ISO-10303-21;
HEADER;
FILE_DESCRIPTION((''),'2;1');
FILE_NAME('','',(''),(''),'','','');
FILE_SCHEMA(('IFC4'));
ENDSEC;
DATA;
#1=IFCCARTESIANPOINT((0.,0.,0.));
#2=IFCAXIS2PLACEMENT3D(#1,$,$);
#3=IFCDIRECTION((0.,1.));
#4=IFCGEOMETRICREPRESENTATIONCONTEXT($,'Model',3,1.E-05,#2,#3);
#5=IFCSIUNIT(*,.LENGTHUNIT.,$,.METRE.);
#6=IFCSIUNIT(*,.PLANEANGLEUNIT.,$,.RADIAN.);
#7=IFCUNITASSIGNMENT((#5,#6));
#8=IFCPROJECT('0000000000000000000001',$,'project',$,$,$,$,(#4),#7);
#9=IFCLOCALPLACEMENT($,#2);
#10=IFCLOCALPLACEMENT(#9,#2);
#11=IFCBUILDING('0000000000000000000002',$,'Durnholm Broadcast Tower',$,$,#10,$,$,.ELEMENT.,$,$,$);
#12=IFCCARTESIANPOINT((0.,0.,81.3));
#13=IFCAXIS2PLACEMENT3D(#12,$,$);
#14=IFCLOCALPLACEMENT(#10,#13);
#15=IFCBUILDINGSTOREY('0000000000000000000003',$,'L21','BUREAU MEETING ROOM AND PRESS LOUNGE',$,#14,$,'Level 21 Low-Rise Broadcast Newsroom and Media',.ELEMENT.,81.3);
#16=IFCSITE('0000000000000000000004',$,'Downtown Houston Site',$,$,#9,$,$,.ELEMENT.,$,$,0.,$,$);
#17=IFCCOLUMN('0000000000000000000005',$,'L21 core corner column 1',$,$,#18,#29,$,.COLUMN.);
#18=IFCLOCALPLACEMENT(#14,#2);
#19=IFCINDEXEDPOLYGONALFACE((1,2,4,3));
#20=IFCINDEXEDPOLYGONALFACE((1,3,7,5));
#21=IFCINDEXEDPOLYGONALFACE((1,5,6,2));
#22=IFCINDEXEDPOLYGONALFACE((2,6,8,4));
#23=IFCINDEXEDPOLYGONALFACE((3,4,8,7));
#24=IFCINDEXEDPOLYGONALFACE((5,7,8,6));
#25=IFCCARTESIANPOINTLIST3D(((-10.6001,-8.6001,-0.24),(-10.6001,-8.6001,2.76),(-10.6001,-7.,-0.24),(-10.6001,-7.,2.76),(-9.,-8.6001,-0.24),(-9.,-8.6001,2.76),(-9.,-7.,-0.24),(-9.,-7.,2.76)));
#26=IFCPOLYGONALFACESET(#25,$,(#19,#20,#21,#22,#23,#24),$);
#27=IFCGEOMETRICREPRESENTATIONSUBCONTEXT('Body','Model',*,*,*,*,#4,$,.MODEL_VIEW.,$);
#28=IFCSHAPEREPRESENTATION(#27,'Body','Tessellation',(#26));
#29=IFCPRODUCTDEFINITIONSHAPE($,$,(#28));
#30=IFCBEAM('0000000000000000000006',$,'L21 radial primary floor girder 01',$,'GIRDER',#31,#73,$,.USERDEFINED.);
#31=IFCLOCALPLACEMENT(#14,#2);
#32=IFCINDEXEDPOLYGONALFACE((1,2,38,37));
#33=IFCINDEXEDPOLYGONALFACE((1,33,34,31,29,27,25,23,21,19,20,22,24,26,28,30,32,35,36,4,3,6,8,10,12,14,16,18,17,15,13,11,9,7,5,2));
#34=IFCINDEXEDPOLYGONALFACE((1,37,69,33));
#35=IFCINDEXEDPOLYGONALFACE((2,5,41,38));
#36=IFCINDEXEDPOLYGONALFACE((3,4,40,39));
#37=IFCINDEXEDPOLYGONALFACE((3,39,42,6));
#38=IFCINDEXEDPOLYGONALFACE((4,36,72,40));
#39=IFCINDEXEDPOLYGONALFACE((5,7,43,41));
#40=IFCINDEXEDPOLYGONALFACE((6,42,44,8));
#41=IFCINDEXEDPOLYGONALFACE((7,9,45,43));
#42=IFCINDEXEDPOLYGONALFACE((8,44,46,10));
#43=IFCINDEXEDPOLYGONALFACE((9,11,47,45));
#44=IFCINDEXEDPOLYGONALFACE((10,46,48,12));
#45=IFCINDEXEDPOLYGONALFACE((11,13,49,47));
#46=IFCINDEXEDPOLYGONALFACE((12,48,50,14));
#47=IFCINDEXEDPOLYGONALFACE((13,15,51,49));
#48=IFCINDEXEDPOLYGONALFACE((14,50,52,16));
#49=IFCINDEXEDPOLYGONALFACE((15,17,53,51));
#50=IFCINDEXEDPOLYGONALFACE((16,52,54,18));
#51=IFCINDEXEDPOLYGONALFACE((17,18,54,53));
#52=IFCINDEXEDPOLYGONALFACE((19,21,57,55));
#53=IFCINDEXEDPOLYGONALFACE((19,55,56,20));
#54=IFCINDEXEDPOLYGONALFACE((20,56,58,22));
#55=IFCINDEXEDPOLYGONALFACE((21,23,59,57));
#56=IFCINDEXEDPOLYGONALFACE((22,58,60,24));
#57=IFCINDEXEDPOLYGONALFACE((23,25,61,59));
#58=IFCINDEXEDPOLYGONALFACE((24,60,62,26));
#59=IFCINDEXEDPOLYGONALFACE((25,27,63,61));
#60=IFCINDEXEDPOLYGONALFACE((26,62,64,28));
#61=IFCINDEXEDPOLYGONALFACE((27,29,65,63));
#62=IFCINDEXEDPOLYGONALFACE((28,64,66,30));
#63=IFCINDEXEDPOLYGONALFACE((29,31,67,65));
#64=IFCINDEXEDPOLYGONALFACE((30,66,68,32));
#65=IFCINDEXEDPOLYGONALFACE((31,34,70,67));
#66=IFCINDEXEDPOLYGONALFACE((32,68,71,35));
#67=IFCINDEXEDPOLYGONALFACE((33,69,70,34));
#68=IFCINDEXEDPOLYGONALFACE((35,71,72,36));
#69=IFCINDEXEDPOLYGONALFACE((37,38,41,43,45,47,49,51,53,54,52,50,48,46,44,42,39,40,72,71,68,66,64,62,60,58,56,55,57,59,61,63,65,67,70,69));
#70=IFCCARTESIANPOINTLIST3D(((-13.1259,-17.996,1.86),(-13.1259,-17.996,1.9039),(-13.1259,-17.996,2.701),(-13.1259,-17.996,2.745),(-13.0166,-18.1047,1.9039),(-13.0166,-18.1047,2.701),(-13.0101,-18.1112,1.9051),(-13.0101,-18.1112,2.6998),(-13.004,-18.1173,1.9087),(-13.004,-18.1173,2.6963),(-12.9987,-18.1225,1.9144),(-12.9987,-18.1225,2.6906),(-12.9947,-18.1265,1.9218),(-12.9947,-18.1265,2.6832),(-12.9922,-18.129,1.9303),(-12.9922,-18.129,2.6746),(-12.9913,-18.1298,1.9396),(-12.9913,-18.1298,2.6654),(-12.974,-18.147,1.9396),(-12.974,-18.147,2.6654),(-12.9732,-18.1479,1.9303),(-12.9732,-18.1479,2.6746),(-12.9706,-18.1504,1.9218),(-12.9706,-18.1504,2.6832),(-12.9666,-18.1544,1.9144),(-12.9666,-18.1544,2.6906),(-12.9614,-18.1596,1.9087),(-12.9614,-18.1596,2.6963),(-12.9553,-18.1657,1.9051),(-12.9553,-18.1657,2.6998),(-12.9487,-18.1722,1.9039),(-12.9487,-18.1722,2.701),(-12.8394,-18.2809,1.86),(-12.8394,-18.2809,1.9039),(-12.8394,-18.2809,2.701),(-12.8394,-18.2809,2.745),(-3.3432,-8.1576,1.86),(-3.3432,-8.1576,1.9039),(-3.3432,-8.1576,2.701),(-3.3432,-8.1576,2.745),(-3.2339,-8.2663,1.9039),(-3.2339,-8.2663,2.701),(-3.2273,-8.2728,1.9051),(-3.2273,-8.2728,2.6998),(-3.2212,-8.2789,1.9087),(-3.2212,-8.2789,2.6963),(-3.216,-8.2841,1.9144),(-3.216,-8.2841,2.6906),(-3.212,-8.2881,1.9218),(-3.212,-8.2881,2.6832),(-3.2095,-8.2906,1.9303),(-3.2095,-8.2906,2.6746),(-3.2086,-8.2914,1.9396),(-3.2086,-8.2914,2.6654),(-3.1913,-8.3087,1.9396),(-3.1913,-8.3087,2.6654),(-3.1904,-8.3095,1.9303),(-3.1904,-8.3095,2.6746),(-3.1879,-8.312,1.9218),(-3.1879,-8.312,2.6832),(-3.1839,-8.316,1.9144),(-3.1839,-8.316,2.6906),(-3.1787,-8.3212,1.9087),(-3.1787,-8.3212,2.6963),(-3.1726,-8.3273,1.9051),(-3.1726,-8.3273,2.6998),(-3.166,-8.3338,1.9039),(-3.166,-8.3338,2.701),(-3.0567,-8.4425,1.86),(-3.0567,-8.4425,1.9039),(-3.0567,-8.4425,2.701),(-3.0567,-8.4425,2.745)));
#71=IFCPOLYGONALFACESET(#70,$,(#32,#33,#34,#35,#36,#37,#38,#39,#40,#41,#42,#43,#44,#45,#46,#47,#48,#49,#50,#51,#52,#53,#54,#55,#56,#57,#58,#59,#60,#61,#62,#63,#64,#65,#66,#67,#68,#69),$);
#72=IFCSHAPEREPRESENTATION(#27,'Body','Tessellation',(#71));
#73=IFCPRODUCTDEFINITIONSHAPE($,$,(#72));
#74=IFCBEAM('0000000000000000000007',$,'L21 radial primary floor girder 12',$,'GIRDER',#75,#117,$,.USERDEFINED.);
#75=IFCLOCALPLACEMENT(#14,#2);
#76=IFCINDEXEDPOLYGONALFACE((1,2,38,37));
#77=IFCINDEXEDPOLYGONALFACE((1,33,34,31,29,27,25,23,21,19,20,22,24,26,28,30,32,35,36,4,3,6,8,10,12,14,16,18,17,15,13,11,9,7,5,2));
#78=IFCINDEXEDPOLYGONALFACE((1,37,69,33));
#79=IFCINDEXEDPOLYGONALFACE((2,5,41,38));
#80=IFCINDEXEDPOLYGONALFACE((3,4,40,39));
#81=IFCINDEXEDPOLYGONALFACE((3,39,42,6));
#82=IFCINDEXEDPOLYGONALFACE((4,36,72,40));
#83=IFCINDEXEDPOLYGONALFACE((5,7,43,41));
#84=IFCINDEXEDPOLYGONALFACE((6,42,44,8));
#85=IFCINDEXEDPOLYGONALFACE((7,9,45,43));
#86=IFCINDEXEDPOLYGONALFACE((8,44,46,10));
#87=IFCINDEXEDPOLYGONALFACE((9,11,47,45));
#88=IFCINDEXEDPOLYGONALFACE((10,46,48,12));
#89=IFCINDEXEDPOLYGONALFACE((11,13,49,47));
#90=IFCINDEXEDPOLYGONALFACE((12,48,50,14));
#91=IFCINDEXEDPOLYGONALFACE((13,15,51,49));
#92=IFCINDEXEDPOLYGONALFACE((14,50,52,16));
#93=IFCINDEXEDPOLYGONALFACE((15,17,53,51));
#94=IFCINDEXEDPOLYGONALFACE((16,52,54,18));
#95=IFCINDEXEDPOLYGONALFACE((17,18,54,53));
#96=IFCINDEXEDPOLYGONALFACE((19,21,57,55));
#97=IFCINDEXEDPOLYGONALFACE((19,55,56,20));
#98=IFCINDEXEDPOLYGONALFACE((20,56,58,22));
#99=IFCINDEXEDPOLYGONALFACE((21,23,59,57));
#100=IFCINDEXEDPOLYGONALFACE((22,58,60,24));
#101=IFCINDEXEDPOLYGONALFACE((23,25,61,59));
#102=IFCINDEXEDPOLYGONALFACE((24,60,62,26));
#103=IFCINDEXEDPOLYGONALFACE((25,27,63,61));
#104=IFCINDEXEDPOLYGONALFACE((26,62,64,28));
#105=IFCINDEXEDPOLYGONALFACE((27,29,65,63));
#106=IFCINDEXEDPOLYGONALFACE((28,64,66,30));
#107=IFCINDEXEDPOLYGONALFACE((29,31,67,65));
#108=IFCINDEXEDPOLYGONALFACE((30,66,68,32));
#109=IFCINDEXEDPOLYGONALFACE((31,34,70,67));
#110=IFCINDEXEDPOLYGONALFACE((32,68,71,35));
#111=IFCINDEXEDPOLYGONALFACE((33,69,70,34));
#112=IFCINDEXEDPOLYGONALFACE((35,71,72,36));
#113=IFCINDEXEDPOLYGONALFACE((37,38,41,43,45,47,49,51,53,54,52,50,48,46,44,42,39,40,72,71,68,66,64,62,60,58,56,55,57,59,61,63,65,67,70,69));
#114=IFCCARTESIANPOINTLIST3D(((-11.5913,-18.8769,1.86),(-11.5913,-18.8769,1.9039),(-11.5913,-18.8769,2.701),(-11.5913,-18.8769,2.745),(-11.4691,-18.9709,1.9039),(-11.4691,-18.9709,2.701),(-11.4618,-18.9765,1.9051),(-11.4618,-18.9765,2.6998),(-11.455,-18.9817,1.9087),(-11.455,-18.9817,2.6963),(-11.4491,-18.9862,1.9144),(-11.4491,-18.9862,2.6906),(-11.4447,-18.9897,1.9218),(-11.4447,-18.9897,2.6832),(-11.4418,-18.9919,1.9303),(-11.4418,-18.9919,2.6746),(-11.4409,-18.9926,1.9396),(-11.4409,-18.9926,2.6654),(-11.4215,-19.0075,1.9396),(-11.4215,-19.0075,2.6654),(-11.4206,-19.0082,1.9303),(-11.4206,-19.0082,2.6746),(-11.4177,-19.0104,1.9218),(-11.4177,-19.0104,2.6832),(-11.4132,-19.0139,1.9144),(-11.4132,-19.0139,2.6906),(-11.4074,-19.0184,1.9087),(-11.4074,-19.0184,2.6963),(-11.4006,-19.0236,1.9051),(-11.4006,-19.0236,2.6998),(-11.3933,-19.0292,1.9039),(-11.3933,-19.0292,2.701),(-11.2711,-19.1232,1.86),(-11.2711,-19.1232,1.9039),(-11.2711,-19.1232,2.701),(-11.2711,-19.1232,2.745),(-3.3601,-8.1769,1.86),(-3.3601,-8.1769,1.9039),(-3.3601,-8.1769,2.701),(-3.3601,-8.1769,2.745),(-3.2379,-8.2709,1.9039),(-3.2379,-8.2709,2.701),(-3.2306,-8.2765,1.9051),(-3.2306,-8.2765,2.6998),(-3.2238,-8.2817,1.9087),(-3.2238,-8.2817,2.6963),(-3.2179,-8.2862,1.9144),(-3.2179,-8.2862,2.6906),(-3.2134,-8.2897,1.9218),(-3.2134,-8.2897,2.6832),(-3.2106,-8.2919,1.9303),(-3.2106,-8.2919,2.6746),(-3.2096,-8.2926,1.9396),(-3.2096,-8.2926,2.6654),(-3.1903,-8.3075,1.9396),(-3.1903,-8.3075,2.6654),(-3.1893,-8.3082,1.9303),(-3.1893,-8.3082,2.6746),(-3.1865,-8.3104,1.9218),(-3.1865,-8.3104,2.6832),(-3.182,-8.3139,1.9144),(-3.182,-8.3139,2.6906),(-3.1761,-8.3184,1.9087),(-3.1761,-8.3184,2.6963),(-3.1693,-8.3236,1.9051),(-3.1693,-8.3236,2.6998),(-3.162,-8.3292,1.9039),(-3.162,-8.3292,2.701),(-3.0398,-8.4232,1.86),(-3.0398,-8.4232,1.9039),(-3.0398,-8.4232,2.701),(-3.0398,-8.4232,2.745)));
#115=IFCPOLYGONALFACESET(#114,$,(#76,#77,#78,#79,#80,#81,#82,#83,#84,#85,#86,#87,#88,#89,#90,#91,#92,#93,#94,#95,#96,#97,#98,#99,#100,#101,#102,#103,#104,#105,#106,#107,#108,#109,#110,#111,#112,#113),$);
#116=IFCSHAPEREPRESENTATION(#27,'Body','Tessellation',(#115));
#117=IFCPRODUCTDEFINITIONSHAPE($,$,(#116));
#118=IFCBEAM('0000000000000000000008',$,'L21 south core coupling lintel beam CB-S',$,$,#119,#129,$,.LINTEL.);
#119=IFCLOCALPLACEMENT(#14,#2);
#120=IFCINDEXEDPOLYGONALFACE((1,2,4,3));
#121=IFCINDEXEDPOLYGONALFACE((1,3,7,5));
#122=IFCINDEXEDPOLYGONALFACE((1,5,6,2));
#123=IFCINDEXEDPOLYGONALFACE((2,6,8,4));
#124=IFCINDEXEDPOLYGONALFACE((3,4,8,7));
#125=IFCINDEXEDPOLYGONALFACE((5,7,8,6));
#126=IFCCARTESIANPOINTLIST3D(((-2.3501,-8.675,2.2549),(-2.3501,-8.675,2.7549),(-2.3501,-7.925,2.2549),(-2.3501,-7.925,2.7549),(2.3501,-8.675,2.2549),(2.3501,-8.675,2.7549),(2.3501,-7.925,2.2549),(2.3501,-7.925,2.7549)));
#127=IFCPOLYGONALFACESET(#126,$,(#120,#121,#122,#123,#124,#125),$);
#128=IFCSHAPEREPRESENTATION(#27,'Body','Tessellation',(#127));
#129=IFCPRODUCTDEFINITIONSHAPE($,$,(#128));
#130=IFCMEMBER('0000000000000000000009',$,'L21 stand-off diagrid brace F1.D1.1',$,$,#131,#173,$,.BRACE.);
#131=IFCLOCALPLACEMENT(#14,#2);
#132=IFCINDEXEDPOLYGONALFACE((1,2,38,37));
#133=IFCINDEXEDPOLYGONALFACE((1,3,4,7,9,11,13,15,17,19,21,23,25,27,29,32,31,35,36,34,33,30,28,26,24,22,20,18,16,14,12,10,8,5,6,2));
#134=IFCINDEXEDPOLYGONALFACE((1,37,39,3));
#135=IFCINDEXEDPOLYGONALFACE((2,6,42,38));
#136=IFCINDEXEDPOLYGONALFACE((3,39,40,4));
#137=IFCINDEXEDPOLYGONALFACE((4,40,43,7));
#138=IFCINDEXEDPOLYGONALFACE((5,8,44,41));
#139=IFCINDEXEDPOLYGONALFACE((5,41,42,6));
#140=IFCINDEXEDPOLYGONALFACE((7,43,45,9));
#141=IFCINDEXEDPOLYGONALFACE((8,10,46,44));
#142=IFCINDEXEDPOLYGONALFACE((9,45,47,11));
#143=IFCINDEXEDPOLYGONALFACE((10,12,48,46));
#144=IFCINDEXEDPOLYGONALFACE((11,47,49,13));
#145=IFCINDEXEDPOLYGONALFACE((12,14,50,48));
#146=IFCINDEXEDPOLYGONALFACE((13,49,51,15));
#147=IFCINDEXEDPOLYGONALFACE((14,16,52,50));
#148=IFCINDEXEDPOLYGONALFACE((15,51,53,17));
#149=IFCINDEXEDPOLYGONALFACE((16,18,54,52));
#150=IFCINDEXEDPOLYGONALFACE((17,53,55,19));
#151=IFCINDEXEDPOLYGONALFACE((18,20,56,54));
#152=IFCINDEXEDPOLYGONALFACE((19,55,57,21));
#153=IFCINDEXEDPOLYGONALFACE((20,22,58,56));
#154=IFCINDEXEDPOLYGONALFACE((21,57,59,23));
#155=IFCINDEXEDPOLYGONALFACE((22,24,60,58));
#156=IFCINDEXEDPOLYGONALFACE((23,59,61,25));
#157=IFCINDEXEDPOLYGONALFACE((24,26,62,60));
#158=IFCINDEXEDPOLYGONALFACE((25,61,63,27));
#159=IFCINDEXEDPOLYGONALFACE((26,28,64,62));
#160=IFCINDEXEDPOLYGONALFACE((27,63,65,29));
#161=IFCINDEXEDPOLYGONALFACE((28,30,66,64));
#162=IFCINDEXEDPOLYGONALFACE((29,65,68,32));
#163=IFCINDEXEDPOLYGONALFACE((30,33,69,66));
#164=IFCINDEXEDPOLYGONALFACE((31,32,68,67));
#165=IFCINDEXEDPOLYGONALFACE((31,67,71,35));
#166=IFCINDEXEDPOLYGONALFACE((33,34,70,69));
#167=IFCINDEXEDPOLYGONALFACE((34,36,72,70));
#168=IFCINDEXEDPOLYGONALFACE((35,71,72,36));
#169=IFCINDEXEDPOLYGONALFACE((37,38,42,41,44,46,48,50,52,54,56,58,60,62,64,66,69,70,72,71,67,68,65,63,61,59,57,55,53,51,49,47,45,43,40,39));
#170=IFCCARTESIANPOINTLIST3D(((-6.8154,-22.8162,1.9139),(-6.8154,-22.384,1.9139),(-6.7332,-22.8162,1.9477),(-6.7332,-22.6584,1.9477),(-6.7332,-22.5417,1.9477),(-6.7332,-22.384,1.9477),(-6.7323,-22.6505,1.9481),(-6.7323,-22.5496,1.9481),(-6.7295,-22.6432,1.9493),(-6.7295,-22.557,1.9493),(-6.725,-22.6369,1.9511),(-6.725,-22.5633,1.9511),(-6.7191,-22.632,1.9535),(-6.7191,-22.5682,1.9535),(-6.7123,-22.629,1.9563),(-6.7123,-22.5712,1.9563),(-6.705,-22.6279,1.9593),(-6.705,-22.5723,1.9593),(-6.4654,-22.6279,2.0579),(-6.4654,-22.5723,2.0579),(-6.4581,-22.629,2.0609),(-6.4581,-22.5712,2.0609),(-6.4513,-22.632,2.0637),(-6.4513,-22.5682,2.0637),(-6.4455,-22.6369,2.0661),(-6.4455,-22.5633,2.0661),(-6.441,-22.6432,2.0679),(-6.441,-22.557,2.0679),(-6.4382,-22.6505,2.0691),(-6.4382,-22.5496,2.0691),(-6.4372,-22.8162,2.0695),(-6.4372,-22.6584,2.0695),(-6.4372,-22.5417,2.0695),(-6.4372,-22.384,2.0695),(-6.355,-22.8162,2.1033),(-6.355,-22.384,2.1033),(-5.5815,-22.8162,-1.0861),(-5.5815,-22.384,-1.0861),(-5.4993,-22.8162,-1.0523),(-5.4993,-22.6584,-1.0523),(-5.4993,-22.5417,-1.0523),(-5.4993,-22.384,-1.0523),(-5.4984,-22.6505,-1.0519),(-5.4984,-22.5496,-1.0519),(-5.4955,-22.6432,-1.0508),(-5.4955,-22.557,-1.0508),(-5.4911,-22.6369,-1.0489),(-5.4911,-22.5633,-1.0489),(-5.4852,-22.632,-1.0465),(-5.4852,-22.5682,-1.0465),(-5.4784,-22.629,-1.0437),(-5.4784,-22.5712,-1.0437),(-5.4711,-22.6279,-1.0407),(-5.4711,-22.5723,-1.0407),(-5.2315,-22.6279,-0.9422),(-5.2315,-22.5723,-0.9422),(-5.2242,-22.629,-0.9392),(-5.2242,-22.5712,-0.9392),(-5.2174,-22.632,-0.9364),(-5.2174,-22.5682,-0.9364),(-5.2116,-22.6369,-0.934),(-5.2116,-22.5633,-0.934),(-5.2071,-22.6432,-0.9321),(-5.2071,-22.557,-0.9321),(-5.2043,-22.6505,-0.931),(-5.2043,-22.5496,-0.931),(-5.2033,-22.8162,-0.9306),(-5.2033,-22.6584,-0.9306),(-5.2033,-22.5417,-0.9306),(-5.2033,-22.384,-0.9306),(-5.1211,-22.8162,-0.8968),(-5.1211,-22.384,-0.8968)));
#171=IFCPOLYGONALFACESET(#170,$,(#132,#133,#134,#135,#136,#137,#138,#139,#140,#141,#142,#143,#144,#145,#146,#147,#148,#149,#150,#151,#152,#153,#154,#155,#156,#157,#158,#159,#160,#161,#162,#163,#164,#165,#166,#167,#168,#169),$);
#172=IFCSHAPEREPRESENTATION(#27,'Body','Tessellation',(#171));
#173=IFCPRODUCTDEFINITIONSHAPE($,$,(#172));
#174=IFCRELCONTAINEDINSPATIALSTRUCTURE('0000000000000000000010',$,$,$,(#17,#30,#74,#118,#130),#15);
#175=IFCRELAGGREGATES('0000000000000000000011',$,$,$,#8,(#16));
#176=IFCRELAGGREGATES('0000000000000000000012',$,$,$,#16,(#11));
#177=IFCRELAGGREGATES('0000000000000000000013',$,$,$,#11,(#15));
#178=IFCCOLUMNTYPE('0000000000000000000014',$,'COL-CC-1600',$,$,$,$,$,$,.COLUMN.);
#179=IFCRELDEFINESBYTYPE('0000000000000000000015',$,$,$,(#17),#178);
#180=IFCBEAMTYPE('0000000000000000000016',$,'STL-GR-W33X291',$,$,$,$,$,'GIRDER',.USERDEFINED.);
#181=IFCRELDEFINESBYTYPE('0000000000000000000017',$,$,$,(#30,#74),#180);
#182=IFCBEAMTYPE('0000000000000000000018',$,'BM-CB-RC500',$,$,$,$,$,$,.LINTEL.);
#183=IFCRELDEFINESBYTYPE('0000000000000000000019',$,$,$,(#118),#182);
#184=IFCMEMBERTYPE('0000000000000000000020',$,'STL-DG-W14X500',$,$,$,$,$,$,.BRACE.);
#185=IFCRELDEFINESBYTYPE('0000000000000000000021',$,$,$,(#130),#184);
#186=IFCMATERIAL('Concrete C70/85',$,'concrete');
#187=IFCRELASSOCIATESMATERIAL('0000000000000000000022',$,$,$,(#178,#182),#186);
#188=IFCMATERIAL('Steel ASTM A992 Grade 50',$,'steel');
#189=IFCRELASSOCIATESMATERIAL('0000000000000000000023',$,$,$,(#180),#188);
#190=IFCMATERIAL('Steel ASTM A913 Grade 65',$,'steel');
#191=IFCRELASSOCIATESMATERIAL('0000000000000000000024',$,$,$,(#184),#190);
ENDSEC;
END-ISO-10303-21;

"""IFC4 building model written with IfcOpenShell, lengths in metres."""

from ifc_helpers import new_model, si_unit, direction, frame, origin, origin_2d, place, context, subcontext, project, spatial, rectangle, i_section, extrude, source, transform, mapped, material, material_profile, profile_set, type_object, type_shapes, element, save


model = new_model("IFC4")

# Units and contexts
model_context = context("Model", 3, precision=1e-05, world=origin(), true_north=direction((0.0, 1.0)))
body_context = subcontext(model_context, "Body", "Model", "MODEL_VIEW")
ifc_project = project(units=[si_unit("LENGTHUNIT", "METRE"), si_unit("PLANEANGLEUNIT", "RADIAN")], contexts=[model_context])

# Site, building, storey
site_placement = place(None, origin())
site = spatial("IfcSite", under=ifc_project, at=site_placement, Name="Downtown Houston Site", CompositionType="ELEMENT", RefElevation=0.0)
building_placement = place(site_placement, origin())
building = spatial("IfcBuilding", under=site, at=building_placement, Name="Durnholm Broadcast Tower", CompositionType="ELEMENT")
storey_placement = place(building_placement, frame((0.0, 0.0, 81.3)))
storey = spatial("IfcBuildingStorey", under=building, at=storey_placement, Name="L21", Description="BUREAU MEETING ROOM AND PRESS LOUNGE", LongName="Level 21 Low-Rise Broadcast Newsroom and Media", CompositionType="ELEMENT", Elevation=81.3)

# Column
ifc_material_1 = material(Name="Concrete C70/85", Category="concrete")
ifc_material_profile_1 = material_profile(ifc_material_1, rectangle(XDim=1.6001, YDim=1.6001, at=origin_2d()), Name="RC1600X1600")
ifc_profile_set_1 = profile_set([ifc_material_profile_1], Name="Concrete C70/85")
column_type = type_object("IfcColumnType", Name="COL-CC-1600", PredefinedType="COLUMN", material=ifc_profile_set_1)
shared_shape_1 = source(origin(), body_context, "Body", "SweptSolid", [
    extrude(rectangle(XDim=1.6001, YDim=1.6001, at=origin_2d()), origin(), (0.0, 0.0, 1.0), 3.0),
])
type_shapes(column_type, [shared_shape_1])
column_placement = place(storey_placement, frame((-9.8, -7.8, -0.24), z_axis=(0.0, 0.0, 1.0), x_axis=(1.0, 0.0, 0.0)))
element("IfcColumn", 1, at=column_placement, inside=storey, type_object=column_type, Name="L21 core corner column 1", PredefinedType="COLUMN", context=body_context, shape_type="MappedRepresentation", body=[
    mapped(shared_shape_1, transform((0.0, 0.0, 0.0), x_axis=(1.0, 0.0, 0.0), y_axis=(0.0, 1.0, 0.0), z_axis=(0.0, 0.0, 1.0), scale=1.0)),
])

# Beams
ifc_material_2 = material(Name="Steel ASTM A992 Grade 50", Category="steel")
ifc_material_profile_2 = material_profile(ifc_material_2, i_section(OverallWidth=0.4041, OverallDepth=0.885, WebThickness=0.0244, FlangeThickness=0.0439, FilletRadius=0.0356, at=origin_2d()), Name="W33X291")
ifc_profile_set_2 = profile_set([ifc_material_profile_2], Name="Steel ASTM A992 Grade 50")
beam_type_1 = type_object("IfcBeamType", Name="STL-GR-W33X291", ElementType="GIRDER", PredefinedType="USERDEFINED", material=ifc_profile_set_2)
shared_shape_2 = source(origin(), body_context, "Body", "SweptSolid", [
    extrude(i_section(OverallWidth=0.4041, OverallDepth=0.885, WebThickness=0.0244, FlangeThickness=0.0439, FilletRadius=0.0356, at=origin_2d()), origin(), (0.0, 0.0, 1.0), 13.8743),
])
beam_1_placement = place(storey_placement, frame((-3.2, -8.3, 2.3025), z_axis=(-0.705098, -0.70911, 0.0), x_axis=(0.70911, -0.705098, 0.0)))
element("IfcBeam", 2, at=beam_1_placement, inside=storey, type_object=beam_type_1, Name="L21 radial primary floor girder 01", ObjectType="GIRDER", PredefinedType="USERDEFINED", context=body_context, shape_type="MappedRepresentation", body=[
    mapped(shared_shape_2, transform((0.0, 0.0, 0.0), x_axis=(1.0, 0.0, 0.0), y_axis=(0.0, 1.0, 0.0), z_axis=(0.0, 0.0, 1.0), scale=1.0)),
])
shared_shape_3 = source(origin(), body_context, "Body", "SweptSolid", [
    extrude(i_section(OverallWidth=0.4041, OverallDepth=0.885, WebThickness=0.0244, FlangeThickness=0.0439, FilletRadius=0.0356, at=origin_2d()), origin(), (0.0, 0.0, 1.0), 13.4998),
])
type_shapes(beam_type_1, [shared_shape_2, shared_shape_3])
beam_2_placement = place(storey_placement, frame((-3.2, -8.3, 2.3025), z_axis=(-0.609733, -0.792607, 0.0), x_axis=(0.792607, -0.609733, 0.0)))
element("IfcBeam", 3, at=beam_2_placement, inside=storey, type_object=beam_type_1, Name="L21 radial primary floor girder 12", ObjectType="GIRDER", PredefinedType="USERDEFINED", context=body_context, shape_type="MappedRepresentation", body=[
    mapped(shared_shape_3, transform((0.0, 0.0, 0.0), x_axis=(1.0, 0.0, 0.0), y_axis=(0.0, 1.0, 0.0), z_axis=(0.0, 0.0, 1.0), scale=1.0)),
])
ifc_material_profile_3 = material_profile(ifc_material_1, rectangle(XDim=0.75, YDim=0.5, at=origin_2d()), Name="RC750X500")
ifc_profile_set_3 = profile_set([ifc_material_profile_3], Name="Concrete C70/85")
beam_type_2 = type_object("IfcBeamType", Name="BM-CB-RC500", PredefinedType="LINTEL", material=ifc_profile_set_3)
shared_shape_4 = source(origin(), body_context, "Body", "SweptSolid", [
    extrude(rectangle(XDim=0.75, YDim=0.5, at=origin_2d()), origin(), (0.0, 0.0, 1.0), 4.7002),
])
type_shapes(beam_type_2, [shared_shape_4])
beam_3_placement = place(storey_placement, frame((-2.3501, -8.3, 2.5049), z_axis=(1.0, 0.0, 0.0), x_axis=(0.0, 1.0, 0.0)))
element("IfcBeam", 4, at=beam_3_placement, inside=storey, type_object=beam_type_2, Name="L21 south core coupling lintel beam CB-S", PredefinedType="LINTEL", context=body_context, shape_type="MappedRepresentation", body=[
    mapped(shared_shape_4, transform((0.0, 0.0, 0.0), x_axis=(1.0, 0.0, 0.0), y_axis=(0.0, 1.0, 0.0), z_axis=(0.0, 0.0, 1.0), scale=1.0)),
])

# Member
ifc_material_3 = material(Name="Steel ASTM A913 Grade 65", Category="steel")
ifc_material_profile_4 = material_profile(ifc_material_3, i_section(OverallWidth=0.4321, OverallDepth=0.4978, WebThickness=0.0557, FlangeThickness=0.0889, FilletRadius=0.0305, at=origin_2d()), Name="W14X500")
ifc_profile_set_4 = profile_set([ifc_material_profile_4], Name="Steel ASTM A913 Grade 65")
member_type_1 = type_object("IfcMemberType", Name="STL-DG-W14X500", PredefinedType="BRACE", material=ifc_profile_set_4)
shared_shape_5 = source(origin(), body_context, "Body", "SweptSolid", [
    extrude(i_section(OverallWidth=0.4321, OverallDepth=0.4978, WebThickness=0.0557, FlangeThickness=0.0889, FilletRadius=0.0305, at=origin_2d()), origin(), (0.0, 0.0, 1.0), 3.2439),
])
type_shapes(member_type_1, [shared_shape_5])
for number, where, z_axis, x_axis, name in (
    (5, (-5.3513, -22.6001, -0.9915), (-0.380379, 0.0, 0.924831), (0.0, -1.0, 0.0), "L21 stand-off diagrid brace F1.D1.1"),
):
    element("IfcMember", number, at=place(storey_placement, frame(where, z_axis=z_axis, x_axis=x_axis)), inside=storey, type_object=member_type_1, Name=name, PredefinedType="BRACE", context=body_context, shape_type="MappedRepresentation", body=[
        mapped(shared_shape_5, transform((0.0, 0.0, 0.0), x_axis=(1.0, 0.0, 0.0), y_axis=(0.0, 1.0, 0.0), z_axis=(0.0, 0.0, 1.0), scale=1.0)),
    ])

save(model, "model.ifc")
